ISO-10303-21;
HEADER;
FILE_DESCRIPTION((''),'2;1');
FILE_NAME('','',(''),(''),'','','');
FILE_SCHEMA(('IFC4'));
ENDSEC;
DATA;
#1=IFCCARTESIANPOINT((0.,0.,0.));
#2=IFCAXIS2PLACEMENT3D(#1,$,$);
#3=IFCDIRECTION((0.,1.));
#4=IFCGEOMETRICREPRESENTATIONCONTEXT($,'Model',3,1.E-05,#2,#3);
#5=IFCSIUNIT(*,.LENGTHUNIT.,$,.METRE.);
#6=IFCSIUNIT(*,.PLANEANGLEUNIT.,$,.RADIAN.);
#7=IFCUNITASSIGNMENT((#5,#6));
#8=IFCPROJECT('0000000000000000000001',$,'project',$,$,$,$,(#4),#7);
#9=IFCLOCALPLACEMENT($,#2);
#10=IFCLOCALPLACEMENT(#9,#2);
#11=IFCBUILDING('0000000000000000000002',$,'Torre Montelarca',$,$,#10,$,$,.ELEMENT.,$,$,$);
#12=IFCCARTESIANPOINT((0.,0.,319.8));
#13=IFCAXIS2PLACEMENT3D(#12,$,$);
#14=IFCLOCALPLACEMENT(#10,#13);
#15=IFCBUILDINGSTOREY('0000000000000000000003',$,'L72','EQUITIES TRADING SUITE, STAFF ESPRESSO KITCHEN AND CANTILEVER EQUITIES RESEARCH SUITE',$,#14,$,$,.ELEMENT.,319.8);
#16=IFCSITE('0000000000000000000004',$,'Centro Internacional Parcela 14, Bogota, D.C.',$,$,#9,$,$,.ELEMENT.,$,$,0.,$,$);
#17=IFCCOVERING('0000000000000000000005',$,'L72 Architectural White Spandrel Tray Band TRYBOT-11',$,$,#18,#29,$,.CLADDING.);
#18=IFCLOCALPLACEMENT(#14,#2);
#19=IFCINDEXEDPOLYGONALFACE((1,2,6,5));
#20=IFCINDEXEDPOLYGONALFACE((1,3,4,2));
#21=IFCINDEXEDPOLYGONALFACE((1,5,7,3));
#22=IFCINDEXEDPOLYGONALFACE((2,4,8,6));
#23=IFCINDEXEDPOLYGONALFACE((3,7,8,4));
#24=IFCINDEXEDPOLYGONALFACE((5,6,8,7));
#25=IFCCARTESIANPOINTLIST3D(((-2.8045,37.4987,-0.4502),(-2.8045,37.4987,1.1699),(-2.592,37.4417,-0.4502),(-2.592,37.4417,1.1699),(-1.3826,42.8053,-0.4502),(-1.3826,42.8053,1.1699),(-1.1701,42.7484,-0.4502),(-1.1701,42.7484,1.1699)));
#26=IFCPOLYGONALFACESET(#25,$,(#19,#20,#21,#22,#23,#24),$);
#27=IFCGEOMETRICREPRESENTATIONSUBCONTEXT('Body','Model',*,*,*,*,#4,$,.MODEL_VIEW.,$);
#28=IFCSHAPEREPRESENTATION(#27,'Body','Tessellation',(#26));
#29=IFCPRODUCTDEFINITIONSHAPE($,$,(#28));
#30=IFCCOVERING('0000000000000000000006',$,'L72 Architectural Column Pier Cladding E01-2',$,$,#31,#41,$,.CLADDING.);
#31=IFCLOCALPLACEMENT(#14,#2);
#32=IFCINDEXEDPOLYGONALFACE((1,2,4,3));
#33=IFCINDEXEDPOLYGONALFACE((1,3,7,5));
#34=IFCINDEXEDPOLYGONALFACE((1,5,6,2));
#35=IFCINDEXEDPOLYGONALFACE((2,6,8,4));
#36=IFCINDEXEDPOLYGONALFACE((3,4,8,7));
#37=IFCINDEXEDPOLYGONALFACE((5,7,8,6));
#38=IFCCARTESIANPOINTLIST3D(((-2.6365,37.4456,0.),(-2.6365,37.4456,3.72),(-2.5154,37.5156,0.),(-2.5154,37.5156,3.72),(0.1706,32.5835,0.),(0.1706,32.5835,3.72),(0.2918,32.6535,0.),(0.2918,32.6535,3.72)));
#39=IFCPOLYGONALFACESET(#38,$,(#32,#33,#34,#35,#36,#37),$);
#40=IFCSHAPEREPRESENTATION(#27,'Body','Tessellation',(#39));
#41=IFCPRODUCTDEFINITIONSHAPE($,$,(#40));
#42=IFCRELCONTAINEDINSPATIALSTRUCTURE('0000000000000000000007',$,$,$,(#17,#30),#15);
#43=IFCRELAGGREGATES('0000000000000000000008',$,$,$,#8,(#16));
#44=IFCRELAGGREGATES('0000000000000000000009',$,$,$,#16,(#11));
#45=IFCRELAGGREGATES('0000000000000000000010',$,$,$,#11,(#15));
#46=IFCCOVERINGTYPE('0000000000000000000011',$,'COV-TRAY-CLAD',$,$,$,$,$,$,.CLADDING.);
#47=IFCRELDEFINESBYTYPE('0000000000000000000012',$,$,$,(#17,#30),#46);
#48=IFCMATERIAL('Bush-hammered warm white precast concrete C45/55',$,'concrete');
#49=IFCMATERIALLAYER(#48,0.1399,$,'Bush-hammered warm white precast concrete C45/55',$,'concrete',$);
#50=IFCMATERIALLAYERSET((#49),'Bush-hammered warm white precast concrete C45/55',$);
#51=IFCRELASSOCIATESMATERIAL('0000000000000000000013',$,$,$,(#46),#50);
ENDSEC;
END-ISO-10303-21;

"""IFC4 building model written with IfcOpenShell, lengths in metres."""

from ifc_helpers import new_model, si_unit, direction, frame, origin, origin_2d, place, context, subcontext, project, spatial, rectangle, extrude, source, transform, mapped, material, layer, layer_set, type_object, element, save


model = new_model("IFC4")

# Units and contexts
model_context = context("Model", 3, precision=1e-05, world=origin(), true_north=direction((0.0, 1.0)))
body_context = subcontext(model_context, "Body", "Model", "MODEL_VIEW")
ifc_project = project(units=[si_unit("LENGTHUNIT", "METRE"), si_unit("PLANEANGLEUNIT", "RADIAN")], contexts=[model_context])

# Site, building, storey
site_placement = place(None, origin())
site = spatial("IfcSite", under=ifc_project, at=site_placement, Name="Centro Internacional Parcela 14, Bogota, D.C.", CompositionType="ELEMENT", RefElevation=0.0)
building_placement = place(site_placement, origin())
building = spatial("IfcBuilding", under=site, at=building_placement, Name="Torre Montelarca", CompositionType="ELEMENT")
storey_placement = place(building_placement, frame((0.0, 0.0, 319.8)))
storey = spatial("IfcBuildingStorey", under=building, at=storey_placement, Name="L72", Description="EQUITIES TRADING SUITE, STAFF ESPRESSO KITCHEN AND CANTILEVER EQUITIES RESEARCH SUITE", CompositionType="ELEMENT", Elevation=319.8)

# Coverings
ifc_material_1 = material(Name="Bush-hammered warm white precast concrete C45/55", Category="concrete")
ifc_layer_1 = layer(ifc_material_1, 0.1399, Name="Bush-hammered warm white precast concrete C45/55", Category="concrete")
ifc_layer_set_1 = layer_set([ifc_layer_1], Name="Bush-hammered warm white precast concrete C45/55")
covering_type = type_object("IfcCoveringType", Name="COV-TRAY-CLAD", PredefinedType="CLADDING", material=ifc_layer_set_1)
shared_shape_1 = source(origin(), body_context, "Body", "SweptSolid", [
    extrude(rectangle(XDim=5.4939, YDim=0.22, at=origin_2d()), origin(), (0.0, 0.0, 1.0), 1.6201),
])
covering_1_placement = place(storey_placement, frame((-1.9873, 40.1235, -0.4502), z_axis=(0.0, 0.0, 1.0), x_axis=(-0.258819, -0.965926, 0.0)))
element("IfcCovering", 1, at=covering_1_placement, inside=storey, type_object=covering_type, Name="L72 Architectural White Spandrel Tray Band TRYBOT-11", PredefinedType="CLADDING", context=body_context, shape_type="MappedRepresentation", body=[
    mapped(shared_shape_1, transform((0.0, 0.0, 0.0), scale=1.0)),
])
shared_shape_2 = source(origin(), body_context, "Body", "SweptSolid", [
    extrude(rectangle(XDim=5.6143, YDim=0.1399, at=origin_2d()), origin(), (0.0, 0.0, 1.0), 3.72),
])
covering_2_placement = place(storey_placement, frame((-1.1724, 35.0496, 0.0), z_axis=(0.0, 0.0, 1.0), x_axis=(0.5, -0.866025, 0.0)))
element("IfcCovering", 2, at=covering_2_placement, inside=storey, type_object=covering_type, Name="L72 Architectural Column Pier Cladding E01-2", PredefinedType="CLADDING", context=body_context, shape_type="MappedRepresentation", body=[
    mapped(shared_shape_2, transform((0.0, 0.0, 0.0), scale=1.0)),
])

save(model, "model.ifc")
